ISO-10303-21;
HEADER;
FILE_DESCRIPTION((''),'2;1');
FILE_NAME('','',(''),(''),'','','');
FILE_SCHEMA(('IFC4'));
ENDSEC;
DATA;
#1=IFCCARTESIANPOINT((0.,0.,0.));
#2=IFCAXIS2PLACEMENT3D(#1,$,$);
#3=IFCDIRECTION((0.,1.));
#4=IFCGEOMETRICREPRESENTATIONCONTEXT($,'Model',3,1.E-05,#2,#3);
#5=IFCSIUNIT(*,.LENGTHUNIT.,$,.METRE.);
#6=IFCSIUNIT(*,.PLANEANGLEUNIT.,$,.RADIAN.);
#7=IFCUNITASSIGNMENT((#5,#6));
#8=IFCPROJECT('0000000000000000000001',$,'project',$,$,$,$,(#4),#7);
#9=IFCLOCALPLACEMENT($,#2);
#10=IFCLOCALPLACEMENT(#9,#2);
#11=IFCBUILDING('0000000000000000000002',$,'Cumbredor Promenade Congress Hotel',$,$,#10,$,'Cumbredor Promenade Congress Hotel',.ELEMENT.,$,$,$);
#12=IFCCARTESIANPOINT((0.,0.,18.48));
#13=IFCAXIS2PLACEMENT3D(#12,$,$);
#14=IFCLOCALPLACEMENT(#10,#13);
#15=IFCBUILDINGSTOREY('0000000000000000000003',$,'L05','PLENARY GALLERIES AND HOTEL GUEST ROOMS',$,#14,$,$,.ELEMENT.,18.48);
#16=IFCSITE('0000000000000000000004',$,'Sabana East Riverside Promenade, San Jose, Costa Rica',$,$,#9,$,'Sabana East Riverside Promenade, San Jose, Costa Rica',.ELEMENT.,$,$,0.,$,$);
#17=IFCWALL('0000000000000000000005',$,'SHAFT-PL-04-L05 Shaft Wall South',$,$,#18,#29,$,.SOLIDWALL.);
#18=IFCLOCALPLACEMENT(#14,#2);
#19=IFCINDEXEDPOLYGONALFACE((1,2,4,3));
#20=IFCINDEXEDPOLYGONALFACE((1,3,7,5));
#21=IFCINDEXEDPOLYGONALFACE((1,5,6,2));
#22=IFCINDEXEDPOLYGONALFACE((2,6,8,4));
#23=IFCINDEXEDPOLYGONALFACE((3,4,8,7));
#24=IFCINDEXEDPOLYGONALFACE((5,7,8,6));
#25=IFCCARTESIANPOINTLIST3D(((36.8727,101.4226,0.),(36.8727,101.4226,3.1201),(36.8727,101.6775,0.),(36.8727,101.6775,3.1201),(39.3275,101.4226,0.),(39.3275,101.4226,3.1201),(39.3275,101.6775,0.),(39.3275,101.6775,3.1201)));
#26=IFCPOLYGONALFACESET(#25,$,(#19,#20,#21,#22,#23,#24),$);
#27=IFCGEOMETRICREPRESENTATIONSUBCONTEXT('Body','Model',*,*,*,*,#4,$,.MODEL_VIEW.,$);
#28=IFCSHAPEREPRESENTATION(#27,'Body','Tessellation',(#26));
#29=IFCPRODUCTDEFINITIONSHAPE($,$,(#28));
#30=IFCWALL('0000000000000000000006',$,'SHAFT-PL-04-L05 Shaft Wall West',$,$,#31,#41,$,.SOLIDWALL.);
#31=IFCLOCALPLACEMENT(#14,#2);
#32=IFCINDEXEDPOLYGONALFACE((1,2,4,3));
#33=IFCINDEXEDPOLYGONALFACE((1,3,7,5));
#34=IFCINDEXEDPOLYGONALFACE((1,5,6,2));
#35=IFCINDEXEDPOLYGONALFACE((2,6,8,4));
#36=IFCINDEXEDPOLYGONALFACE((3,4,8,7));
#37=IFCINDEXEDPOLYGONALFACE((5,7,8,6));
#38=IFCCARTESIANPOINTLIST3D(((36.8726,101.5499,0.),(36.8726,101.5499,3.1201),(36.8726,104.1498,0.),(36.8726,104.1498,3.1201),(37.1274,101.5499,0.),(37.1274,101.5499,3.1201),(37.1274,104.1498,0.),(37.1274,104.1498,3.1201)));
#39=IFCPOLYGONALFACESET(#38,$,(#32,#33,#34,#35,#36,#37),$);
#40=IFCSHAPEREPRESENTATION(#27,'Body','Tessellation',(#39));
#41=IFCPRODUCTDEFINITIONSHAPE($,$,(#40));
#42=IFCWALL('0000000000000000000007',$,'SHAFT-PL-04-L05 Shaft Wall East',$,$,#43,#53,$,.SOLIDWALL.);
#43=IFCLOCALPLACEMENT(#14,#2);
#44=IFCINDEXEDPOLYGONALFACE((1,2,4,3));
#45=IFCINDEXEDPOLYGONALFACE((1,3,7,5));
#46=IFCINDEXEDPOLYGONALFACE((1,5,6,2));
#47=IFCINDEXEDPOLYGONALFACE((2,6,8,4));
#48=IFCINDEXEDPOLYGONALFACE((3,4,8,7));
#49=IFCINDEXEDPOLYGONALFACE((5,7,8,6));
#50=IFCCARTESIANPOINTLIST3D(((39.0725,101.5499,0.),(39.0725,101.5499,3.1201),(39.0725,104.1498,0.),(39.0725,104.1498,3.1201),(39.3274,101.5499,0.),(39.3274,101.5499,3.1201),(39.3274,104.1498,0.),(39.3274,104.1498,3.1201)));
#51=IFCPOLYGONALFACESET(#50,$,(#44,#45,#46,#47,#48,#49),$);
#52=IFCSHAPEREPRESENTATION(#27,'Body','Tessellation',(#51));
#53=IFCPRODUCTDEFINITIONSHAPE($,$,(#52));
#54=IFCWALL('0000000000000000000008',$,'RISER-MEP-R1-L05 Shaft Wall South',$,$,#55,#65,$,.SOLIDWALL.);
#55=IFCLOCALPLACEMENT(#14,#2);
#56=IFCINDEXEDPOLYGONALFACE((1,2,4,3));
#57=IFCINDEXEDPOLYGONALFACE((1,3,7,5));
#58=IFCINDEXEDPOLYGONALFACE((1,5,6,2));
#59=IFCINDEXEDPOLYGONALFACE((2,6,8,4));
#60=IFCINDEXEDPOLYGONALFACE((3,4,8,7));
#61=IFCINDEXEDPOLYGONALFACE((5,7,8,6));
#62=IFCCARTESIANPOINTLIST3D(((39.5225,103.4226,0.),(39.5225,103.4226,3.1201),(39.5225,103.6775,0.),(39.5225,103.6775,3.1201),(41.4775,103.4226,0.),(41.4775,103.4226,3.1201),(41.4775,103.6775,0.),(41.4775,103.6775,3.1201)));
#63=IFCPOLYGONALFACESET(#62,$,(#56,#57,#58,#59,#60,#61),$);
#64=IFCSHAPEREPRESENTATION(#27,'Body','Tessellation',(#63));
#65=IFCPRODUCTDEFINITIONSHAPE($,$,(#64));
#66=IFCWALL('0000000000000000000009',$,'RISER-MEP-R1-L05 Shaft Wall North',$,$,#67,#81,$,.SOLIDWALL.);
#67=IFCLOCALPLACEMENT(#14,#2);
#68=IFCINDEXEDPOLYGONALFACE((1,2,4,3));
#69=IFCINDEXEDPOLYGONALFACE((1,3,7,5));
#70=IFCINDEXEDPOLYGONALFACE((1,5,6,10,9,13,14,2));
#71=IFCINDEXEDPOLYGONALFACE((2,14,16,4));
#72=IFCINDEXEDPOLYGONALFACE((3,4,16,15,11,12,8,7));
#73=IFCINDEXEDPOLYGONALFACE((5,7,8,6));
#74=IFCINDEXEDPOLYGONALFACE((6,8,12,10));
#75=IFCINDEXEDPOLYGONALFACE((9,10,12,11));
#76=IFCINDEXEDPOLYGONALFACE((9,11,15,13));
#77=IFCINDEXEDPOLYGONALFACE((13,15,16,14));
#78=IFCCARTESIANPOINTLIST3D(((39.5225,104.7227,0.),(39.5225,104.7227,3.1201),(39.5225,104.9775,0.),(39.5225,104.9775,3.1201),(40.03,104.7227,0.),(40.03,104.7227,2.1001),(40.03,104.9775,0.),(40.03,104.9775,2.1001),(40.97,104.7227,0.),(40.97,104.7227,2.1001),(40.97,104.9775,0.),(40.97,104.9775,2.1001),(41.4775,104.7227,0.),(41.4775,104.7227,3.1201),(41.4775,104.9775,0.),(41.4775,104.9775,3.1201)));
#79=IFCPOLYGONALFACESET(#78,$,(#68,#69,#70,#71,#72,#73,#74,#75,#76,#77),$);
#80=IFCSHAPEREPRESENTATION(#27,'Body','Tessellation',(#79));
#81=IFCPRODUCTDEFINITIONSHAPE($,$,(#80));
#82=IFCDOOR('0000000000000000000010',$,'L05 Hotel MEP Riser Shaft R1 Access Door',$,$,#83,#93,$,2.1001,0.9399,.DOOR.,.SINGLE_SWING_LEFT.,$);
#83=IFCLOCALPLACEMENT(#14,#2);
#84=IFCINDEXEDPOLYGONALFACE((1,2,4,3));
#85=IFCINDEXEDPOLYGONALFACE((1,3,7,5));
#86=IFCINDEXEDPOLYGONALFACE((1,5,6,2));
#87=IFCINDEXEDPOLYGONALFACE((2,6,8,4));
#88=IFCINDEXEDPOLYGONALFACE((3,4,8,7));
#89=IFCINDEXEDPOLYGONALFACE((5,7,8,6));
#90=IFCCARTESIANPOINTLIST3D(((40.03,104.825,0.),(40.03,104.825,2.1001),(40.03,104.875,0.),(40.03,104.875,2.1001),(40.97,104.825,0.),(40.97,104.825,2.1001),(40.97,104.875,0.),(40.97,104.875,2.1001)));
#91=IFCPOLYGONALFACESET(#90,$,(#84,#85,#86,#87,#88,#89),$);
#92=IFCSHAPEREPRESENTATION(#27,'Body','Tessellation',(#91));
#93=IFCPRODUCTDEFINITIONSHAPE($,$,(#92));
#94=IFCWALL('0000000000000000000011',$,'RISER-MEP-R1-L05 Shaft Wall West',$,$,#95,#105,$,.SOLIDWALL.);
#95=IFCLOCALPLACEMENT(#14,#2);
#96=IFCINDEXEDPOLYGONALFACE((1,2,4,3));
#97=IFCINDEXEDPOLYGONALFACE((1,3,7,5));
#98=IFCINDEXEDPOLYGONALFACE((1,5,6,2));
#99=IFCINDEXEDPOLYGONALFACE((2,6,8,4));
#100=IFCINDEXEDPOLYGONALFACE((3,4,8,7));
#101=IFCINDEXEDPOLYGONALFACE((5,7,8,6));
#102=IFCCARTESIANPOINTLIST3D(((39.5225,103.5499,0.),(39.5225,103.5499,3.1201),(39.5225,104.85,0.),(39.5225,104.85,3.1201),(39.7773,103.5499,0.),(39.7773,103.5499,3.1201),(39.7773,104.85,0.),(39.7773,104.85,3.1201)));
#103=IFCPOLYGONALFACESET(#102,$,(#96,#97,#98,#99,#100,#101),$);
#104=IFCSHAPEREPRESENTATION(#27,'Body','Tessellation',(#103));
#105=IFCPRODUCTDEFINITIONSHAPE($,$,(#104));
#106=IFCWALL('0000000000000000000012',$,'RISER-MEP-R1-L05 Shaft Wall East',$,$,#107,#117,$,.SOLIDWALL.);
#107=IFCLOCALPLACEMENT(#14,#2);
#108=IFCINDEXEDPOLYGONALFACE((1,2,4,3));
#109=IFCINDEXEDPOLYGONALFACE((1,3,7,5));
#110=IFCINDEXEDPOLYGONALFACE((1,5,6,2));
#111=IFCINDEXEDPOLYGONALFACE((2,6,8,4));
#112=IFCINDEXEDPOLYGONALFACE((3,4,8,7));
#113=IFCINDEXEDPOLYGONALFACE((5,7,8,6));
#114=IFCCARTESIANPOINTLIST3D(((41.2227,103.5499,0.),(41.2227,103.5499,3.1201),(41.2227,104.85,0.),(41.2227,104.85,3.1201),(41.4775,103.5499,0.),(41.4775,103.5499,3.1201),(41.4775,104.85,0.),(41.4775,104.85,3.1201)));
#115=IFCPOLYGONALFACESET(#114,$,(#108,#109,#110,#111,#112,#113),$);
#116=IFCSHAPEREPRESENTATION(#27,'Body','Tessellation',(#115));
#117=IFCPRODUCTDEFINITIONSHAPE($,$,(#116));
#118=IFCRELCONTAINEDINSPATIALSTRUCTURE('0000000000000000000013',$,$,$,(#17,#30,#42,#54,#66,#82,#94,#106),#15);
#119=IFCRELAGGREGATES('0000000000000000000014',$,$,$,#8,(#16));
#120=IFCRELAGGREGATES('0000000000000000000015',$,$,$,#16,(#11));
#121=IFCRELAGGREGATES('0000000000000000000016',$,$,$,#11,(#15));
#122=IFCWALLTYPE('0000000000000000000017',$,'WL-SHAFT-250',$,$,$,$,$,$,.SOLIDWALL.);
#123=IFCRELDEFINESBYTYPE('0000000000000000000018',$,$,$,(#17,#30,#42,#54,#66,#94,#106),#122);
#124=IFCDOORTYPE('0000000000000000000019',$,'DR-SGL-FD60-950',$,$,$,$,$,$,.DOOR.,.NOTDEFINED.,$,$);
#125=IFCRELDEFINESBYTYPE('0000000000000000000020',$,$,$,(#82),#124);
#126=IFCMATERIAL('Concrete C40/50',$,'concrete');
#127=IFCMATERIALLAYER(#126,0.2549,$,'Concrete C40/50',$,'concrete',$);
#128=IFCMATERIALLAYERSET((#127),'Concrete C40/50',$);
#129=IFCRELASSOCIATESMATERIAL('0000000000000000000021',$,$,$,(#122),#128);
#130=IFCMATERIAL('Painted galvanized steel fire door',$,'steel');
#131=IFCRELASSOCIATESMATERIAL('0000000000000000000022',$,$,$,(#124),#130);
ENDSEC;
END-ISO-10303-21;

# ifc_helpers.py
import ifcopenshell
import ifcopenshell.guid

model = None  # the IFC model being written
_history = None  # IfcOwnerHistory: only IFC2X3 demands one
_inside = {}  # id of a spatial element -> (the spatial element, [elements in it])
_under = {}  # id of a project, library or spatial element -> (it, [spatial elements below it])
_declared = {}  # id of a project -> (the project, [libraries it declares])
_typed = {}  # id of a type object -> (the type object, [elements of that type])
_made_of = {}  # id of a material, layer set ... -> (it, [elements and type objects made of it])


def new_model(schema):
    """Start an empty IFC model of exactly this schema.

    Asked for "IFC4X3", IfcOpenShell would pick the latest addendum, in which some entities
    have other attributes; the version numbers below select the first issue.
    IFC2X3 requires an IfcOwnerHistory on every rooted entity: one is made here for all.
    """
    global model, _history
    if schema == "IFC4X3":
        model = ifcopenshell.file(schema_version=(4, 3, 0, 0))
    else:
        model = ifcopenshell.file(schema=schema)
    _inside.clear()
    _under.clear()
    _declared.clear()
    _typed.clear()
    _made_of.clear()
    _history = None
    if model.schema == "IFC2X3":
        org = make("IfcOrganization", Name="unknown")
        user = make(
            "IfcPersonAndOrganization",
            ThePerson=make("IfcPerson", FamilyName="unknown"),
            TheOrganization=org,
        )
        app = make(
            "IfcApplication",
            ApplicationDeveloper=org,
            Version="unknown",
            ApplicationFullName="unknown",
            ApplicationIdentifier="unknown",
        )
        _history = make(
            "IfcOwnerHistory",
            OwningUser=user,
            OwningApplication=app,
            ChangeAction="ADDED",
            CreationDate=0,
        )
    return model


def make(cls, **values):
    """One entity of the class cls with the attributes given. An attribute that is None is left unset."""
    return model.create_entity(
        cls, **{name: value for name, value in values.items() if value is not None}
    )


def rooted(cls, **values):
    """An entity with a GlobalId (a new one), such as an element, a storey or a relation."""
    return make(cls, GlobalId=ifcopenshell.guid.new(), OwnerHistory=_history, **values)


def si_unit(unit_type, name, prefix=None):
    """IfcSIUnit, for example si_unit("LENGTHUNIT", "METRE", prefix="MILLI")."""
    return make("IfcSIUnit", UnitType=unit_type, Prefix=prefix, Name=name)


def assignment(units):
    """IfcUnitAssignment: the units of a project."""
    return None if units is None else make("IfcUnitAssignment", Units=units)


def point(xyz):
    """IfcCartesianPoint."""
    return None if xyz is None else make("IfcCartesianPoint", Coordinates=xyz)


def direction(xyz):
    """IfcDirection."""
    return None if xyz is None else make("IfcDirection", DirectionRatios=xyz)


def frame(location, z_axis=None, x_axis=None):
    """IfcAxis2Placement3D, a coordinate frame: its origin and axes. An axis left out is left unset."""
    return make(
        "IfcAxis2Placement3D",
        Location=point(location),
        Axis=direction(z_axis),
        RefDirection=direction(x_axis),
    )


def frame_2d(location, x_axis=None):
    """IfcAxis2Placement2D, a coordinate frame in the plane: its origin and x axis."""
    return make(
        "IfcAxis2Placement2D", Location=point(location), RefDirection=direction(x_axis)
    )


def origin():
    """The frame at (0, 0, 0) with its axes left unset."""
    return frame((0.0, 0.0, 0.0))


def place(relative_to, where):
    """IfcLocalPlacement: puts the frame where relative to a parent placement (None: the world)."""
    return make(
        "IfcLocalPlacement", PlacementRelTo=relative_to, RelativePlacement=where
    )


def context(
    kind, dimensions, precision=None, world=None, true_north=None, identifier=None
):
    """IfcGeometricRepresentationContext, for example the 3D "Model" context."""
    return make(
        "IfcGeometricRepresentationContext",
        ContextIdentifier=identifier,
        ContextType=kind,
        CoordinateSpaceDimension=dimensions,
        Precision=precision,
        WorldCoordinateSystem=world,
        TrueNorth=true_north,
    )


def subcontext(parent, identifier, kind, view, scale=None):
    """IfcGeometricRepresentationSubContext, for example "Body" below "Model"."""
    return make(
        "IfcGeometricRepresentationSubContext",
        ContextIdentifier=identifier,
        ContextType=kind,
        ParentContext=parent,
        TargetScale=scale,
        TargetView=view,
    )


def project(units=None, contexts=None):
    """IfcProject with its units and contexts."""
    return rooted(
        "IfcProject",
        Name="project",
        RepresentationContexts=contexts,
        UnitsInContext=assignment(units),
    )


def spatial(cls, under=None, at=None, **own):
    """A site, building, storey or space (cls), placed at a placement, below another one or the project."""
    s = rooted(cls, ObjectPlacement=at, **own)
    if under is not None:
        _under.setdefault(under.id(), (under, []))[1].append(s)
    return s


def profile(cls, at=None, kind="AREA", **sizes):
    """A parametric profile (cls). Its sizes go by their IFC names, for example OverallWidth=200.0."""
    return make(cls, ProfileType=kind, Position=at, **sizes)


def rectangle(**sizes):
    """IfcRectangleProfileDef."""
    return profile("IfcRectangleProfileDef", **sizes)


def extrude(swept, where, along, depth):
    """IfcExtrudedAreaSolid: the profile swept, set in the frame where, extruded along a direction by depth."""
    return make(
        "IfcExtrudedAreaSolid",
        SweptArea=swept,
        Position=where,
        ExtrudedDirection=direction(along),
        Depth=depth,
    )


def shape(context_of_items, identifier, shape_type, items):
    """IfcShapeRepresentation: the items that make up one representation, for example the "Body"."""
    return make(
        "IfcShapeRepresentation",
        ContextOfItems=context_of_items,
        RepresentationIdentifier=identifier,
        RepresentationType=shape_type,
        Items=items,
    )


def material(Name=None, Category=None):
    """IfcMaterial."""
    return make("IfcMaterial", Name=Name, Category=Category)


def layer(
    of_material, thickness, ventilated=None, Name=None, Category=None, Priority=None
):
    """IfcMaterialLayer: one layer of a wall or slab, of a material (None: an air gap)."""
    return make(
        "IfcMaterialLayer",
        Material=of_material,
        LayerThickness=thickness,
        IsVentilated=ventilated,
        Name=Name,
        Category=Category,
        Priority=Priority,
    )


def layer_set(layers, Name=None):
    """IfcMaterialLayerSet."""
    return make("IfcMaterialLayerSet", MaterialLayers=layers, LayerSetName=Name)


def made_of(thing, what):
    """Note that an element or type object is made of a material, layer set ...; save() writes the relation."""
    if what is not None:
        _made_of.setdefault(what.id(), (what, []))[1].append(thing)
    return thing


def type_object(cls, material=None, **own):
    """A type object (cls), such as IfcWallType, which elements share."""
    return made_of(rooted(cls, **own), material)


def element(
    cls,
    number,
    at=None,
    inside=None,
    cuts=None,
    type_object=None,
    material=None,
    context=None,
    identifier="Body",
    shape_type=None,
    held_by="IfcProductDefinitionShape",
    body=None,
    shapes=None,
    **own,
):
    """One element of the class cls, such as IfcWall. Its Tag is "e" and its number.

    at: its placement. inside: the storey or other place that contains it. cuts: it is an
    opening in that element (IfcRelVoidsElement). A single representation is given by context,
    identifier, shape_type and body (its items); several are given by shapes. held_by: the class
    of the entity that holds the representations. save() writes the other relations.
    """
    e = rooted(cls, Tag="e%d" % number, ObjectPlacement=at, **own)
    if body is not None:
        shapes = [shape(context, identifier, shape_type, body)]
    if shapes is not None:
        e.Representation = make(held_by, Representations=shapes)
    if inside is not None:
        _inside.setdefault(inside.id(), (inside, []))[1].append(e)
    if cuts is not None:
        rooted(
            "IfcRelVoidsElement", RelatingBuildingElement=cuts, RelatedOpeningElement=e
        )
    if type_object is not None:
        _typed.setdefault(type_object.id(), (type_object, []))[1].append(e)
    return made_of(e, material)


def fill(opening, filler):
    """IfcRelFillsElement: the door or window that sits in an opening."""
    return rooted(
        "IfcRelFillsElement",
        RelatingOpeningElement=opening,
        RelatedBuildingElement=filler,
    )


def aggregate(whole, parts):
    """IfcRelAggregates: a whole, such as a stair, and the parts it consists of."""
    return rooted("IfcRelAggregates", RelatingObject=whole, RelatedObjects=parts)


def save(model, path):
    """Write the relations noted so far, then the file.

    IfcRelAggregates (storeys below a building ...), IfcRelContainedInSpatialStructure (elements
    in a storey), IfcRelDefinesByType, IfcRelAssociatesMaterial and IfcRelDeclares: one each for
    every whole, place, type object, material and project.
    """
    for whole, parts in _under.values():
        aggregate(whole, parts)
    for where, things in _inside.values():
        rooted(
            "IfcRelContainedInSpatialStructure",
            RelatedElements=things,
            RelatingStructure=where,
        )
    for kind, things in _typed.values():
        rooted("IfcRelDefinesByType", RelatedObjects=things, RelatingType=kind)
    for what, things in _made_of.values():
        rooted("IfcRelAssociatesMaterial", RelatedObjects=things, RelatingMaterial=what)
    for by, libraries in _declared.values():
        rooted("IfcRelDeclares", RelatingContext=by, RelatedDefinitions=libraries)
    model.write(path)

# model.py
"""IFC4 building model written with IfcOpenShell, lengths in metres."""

from ifc_helpers import new_model, si_unit, direction, frame, frame_2d, origin, place, context, subcontext, project, spatial, rectangle, extrude, material, layer, layer_set, type_object, element, fill, save


model = new_model("IFC4")

# Units and contexts
model_context = context("Model", 3, precision=1e-05, world=origin(), true_north=direction((0.0, 1.0)))
body_context = subcontext(model_context, "Body", "Model", "MODEL_VIEW")
ifc_project = project(units=[si_unit("LENGTHUNIT", "METRE"), si_unit("PLANEANGLEUNIT", "RADIAN")], contexts=[model_context])

# Site, building, storey
site_placement = place(None, origin())
site = spatial("IfcSite", under=ifc_project, at=site_placement, Name="Sabana East Riverside Promenade, San Jose, Costa Rica", LongName="Sabana East Riverside Promenade, San Jose, Costa Rica", CompositionType="ELEMENT", RefElevation=0.0)
building_placement = place(site_placement, origin())
building = spatial("IfcBuilding", under=site, at=building_placement, Name="Cumbredor Promenade Congress Hotel", LongName="Cumbredor Promenade Congress Hotel", CompositionType="ELEMENT")
storey_placement = place(building_placement, frame((0.0, 0.0, 18.48)))
storey = spatial("IfcBuildingStorey", under=building, at=storey_placement, Name="L05", Description="PLENARY GALLERIES AND HOTEL GUEST ROOMS", CompositionType="ELEMENT", Elevation=18.48)

# Shared definitions
ifc_material_1 = material(Name="Concrete C40/50", Category="concrete")
ifc_layer = layer(ifc_material_1, 0.2549, Name="Concrete C40/50", Category="concrete")
ifc_layer_set = layer_set([ifc_layer], Name="Concrete C40/50")
wall_type = type_object("IfcWallType", Name="WL-SHAFT-250", PredefinedType="SOLIDWALL", material=ifc_layer_set)

# Wall
wall_1_placement = place(storey_placement, frame((36.8726, 101.55, 0.0), z_axis=(0.0, 0.0, 1.0), x_axis=(1.0, 0.0, 0.0)))
element("IfcWall", 1, at=wall_1_placement, inside=storey, type_object=wall_type, Name="SHAFT-PL-04-L05 Shaft Wall South", PredefinedType="SOLIDWALL", context=body_context, shape_type="SweptSolid", body=[
    extrude(rectangle(XDim=2.4548, YDim=0.2549, at=frame_2d((1.2275, 0.0))), origin(), (0.0, 0.0, 1.0), 3.1201),
])

# Walls
for number, where, z_axis, x_axis, name in (
    (2, (37.0, 101.55, 0.0), (0.0, 0.0, 1.0), (0.0, 1.0, 0.0), "SHAFT-PL-04-L05 Shaft Wall West"),
    (3, (39.2, 101.55, 0.0), (0.0, 0.0, 1.0), (0.0, 1.0, 0.0), "SHAFT-PL-04-L05 Shaft Wall East"),
):
    element("IfcWall", number, at=place(storey_placement, frame(where, z_axis=z_axis, x_axis=x_axis)), inside=storey, type_object=wall_type, Name=name, PredefinedType="SOLIDWALL", context=body_context, shape_type="SweptSolid", body=[
        extrude(rectangle(XDim=2.5999, YDim=0.2549, at=frame_2d((1.2998, 0.0))), origin(), (0.0, 0.0, 1.0), 3.1201),
    ])
wall_2_placement = place(storey_placement, frame((39.5225, 103.55, 0.0), z_axis=(0.0, 0.0, 1.0), x_axis=(1.0, 0.0, 0.0)))
element("IfcWall", 4, at=wall_2_placement, inside=storey, type_object=wall_type, Name="RISER-MEP-R1-L05 Shaft Wall South", PredefinedType="SOLIDWALL", context=body_context, shape_type="SweptSolid", body=[
    extrude(rectangle(XDim=1.9551, YDim=0.2549, at=frame_2d((0.9775, 0.0))), origin(), (0.0, 0.0, 1.0), 3.1201),
])

# Wall, opening, door
wall_3_placement = place(storey_placement, frame((39.5225, 104.8501, 0.0), z_axis=(0.0, 0.0, 1.0), x_axis=(1.0, 0.0, 0.0)))
wall_3 = element("IfcWall", 5, at=wall_3_placement, inside=storey, type_object=wall_type, Name="RISER-MEP-R1-L05 Shaft Wall North", PredefinedType="SOLIDWALL", context=body_context, shape_type="SweptSolid", body=[
    extrude(rectangle(XDim=1.9551, YDim=0.2549, at=frame_2d((0.9775, 0.0))), origin(), (0.0, 0.0, 1.0), 3.1201),
])
opening_1_placement = place(wall_3_placement, frame((0.5076, 0.0, 0.0)))
opening_1 = element("IfcOpeningElement", 6, at=opening_1_placement, cuts=wall_3, PredefinedType="OPENING", context=body_context, shape_type="SweptSolid", body=[
    extrude(rectangle(XDim=0.9399, YDim=2.1001, at=frame_2d((0.47, 1.05))), frame((0.0, 0.1375, 0.0), z_axis=(0.0, -1.0, 0.0), x_axis=(1.0, 0.0, 0.0)), (0.0, 0.0, 1.0), 0.2749),
])
ifc_material_2 = material(Name="Painted galvanized steel fire door", Category="steel")
door_type_1 = type_object("IfcDoorType", Name="DR-SGL-FD60-950", OperationType="NOTDEFINED", PredefinedType="DOOR", material=ifc_material_2)
door_1_placement = place(opening_1_placement, origin())
door_1 = element("IfcDoor", 7, at=door_1_placement, inside=storey, type_object=door_type_1, Name="L05 Hotel MEP Riser Shaft R1 Access Door", OperationType="SINGLE_SWING_LEFT", OverallHeight=2.1001, OverallWidth=0.9399, PredefinedType="DOOR", context=body_context, shape_type="SweptSolid", body=[
    extrude(rectangle(XDim=0.9399, YDim=2.1001, at=frame_2d((0.47, 1.05))), frame((0.0, 0.0249, 0.0), z_axis=(0.0, -1.0, 0.0), x_axis=(1.0, 0.0, 0.0)), (0.0, 0.0, 1.0), 0.05),
])
fill(opening_1, door_1)

# Walls
for number, where, z_axis, x_axis, name in (
    (8, (39.6499, 103.55, 0.0), (0.0, 0.0, 1.0), (0.0, 1.0, 0.0), "RISER-MEP-R1-L05 Shaft Wall West"),
    (9, (41.3501, 103.55, 0.0), (0.0, 0.0, 1.0), (0.0, 1.0, 0.0), "RISER-MEP-R1-L05 Shaft Wall East"),
):
    element("IfcWall", number, at=place(storey_placement, frame(where, z_axis=z_axis, x_axis=x_axis)), inside=storey, type_object=wall_type, Name=name, PredefinedType="SOLIDWALL", context=body_context, shape_type="SweptSolid", body=[
        extrude(rectangle(XDim=1.3, YDim=0.2549, at=frame_2d((0.6499, 0.0))), origin(), (0.0, 0.0, 1.0), 3.1201),
    ])

save(model, "model.ifc")
